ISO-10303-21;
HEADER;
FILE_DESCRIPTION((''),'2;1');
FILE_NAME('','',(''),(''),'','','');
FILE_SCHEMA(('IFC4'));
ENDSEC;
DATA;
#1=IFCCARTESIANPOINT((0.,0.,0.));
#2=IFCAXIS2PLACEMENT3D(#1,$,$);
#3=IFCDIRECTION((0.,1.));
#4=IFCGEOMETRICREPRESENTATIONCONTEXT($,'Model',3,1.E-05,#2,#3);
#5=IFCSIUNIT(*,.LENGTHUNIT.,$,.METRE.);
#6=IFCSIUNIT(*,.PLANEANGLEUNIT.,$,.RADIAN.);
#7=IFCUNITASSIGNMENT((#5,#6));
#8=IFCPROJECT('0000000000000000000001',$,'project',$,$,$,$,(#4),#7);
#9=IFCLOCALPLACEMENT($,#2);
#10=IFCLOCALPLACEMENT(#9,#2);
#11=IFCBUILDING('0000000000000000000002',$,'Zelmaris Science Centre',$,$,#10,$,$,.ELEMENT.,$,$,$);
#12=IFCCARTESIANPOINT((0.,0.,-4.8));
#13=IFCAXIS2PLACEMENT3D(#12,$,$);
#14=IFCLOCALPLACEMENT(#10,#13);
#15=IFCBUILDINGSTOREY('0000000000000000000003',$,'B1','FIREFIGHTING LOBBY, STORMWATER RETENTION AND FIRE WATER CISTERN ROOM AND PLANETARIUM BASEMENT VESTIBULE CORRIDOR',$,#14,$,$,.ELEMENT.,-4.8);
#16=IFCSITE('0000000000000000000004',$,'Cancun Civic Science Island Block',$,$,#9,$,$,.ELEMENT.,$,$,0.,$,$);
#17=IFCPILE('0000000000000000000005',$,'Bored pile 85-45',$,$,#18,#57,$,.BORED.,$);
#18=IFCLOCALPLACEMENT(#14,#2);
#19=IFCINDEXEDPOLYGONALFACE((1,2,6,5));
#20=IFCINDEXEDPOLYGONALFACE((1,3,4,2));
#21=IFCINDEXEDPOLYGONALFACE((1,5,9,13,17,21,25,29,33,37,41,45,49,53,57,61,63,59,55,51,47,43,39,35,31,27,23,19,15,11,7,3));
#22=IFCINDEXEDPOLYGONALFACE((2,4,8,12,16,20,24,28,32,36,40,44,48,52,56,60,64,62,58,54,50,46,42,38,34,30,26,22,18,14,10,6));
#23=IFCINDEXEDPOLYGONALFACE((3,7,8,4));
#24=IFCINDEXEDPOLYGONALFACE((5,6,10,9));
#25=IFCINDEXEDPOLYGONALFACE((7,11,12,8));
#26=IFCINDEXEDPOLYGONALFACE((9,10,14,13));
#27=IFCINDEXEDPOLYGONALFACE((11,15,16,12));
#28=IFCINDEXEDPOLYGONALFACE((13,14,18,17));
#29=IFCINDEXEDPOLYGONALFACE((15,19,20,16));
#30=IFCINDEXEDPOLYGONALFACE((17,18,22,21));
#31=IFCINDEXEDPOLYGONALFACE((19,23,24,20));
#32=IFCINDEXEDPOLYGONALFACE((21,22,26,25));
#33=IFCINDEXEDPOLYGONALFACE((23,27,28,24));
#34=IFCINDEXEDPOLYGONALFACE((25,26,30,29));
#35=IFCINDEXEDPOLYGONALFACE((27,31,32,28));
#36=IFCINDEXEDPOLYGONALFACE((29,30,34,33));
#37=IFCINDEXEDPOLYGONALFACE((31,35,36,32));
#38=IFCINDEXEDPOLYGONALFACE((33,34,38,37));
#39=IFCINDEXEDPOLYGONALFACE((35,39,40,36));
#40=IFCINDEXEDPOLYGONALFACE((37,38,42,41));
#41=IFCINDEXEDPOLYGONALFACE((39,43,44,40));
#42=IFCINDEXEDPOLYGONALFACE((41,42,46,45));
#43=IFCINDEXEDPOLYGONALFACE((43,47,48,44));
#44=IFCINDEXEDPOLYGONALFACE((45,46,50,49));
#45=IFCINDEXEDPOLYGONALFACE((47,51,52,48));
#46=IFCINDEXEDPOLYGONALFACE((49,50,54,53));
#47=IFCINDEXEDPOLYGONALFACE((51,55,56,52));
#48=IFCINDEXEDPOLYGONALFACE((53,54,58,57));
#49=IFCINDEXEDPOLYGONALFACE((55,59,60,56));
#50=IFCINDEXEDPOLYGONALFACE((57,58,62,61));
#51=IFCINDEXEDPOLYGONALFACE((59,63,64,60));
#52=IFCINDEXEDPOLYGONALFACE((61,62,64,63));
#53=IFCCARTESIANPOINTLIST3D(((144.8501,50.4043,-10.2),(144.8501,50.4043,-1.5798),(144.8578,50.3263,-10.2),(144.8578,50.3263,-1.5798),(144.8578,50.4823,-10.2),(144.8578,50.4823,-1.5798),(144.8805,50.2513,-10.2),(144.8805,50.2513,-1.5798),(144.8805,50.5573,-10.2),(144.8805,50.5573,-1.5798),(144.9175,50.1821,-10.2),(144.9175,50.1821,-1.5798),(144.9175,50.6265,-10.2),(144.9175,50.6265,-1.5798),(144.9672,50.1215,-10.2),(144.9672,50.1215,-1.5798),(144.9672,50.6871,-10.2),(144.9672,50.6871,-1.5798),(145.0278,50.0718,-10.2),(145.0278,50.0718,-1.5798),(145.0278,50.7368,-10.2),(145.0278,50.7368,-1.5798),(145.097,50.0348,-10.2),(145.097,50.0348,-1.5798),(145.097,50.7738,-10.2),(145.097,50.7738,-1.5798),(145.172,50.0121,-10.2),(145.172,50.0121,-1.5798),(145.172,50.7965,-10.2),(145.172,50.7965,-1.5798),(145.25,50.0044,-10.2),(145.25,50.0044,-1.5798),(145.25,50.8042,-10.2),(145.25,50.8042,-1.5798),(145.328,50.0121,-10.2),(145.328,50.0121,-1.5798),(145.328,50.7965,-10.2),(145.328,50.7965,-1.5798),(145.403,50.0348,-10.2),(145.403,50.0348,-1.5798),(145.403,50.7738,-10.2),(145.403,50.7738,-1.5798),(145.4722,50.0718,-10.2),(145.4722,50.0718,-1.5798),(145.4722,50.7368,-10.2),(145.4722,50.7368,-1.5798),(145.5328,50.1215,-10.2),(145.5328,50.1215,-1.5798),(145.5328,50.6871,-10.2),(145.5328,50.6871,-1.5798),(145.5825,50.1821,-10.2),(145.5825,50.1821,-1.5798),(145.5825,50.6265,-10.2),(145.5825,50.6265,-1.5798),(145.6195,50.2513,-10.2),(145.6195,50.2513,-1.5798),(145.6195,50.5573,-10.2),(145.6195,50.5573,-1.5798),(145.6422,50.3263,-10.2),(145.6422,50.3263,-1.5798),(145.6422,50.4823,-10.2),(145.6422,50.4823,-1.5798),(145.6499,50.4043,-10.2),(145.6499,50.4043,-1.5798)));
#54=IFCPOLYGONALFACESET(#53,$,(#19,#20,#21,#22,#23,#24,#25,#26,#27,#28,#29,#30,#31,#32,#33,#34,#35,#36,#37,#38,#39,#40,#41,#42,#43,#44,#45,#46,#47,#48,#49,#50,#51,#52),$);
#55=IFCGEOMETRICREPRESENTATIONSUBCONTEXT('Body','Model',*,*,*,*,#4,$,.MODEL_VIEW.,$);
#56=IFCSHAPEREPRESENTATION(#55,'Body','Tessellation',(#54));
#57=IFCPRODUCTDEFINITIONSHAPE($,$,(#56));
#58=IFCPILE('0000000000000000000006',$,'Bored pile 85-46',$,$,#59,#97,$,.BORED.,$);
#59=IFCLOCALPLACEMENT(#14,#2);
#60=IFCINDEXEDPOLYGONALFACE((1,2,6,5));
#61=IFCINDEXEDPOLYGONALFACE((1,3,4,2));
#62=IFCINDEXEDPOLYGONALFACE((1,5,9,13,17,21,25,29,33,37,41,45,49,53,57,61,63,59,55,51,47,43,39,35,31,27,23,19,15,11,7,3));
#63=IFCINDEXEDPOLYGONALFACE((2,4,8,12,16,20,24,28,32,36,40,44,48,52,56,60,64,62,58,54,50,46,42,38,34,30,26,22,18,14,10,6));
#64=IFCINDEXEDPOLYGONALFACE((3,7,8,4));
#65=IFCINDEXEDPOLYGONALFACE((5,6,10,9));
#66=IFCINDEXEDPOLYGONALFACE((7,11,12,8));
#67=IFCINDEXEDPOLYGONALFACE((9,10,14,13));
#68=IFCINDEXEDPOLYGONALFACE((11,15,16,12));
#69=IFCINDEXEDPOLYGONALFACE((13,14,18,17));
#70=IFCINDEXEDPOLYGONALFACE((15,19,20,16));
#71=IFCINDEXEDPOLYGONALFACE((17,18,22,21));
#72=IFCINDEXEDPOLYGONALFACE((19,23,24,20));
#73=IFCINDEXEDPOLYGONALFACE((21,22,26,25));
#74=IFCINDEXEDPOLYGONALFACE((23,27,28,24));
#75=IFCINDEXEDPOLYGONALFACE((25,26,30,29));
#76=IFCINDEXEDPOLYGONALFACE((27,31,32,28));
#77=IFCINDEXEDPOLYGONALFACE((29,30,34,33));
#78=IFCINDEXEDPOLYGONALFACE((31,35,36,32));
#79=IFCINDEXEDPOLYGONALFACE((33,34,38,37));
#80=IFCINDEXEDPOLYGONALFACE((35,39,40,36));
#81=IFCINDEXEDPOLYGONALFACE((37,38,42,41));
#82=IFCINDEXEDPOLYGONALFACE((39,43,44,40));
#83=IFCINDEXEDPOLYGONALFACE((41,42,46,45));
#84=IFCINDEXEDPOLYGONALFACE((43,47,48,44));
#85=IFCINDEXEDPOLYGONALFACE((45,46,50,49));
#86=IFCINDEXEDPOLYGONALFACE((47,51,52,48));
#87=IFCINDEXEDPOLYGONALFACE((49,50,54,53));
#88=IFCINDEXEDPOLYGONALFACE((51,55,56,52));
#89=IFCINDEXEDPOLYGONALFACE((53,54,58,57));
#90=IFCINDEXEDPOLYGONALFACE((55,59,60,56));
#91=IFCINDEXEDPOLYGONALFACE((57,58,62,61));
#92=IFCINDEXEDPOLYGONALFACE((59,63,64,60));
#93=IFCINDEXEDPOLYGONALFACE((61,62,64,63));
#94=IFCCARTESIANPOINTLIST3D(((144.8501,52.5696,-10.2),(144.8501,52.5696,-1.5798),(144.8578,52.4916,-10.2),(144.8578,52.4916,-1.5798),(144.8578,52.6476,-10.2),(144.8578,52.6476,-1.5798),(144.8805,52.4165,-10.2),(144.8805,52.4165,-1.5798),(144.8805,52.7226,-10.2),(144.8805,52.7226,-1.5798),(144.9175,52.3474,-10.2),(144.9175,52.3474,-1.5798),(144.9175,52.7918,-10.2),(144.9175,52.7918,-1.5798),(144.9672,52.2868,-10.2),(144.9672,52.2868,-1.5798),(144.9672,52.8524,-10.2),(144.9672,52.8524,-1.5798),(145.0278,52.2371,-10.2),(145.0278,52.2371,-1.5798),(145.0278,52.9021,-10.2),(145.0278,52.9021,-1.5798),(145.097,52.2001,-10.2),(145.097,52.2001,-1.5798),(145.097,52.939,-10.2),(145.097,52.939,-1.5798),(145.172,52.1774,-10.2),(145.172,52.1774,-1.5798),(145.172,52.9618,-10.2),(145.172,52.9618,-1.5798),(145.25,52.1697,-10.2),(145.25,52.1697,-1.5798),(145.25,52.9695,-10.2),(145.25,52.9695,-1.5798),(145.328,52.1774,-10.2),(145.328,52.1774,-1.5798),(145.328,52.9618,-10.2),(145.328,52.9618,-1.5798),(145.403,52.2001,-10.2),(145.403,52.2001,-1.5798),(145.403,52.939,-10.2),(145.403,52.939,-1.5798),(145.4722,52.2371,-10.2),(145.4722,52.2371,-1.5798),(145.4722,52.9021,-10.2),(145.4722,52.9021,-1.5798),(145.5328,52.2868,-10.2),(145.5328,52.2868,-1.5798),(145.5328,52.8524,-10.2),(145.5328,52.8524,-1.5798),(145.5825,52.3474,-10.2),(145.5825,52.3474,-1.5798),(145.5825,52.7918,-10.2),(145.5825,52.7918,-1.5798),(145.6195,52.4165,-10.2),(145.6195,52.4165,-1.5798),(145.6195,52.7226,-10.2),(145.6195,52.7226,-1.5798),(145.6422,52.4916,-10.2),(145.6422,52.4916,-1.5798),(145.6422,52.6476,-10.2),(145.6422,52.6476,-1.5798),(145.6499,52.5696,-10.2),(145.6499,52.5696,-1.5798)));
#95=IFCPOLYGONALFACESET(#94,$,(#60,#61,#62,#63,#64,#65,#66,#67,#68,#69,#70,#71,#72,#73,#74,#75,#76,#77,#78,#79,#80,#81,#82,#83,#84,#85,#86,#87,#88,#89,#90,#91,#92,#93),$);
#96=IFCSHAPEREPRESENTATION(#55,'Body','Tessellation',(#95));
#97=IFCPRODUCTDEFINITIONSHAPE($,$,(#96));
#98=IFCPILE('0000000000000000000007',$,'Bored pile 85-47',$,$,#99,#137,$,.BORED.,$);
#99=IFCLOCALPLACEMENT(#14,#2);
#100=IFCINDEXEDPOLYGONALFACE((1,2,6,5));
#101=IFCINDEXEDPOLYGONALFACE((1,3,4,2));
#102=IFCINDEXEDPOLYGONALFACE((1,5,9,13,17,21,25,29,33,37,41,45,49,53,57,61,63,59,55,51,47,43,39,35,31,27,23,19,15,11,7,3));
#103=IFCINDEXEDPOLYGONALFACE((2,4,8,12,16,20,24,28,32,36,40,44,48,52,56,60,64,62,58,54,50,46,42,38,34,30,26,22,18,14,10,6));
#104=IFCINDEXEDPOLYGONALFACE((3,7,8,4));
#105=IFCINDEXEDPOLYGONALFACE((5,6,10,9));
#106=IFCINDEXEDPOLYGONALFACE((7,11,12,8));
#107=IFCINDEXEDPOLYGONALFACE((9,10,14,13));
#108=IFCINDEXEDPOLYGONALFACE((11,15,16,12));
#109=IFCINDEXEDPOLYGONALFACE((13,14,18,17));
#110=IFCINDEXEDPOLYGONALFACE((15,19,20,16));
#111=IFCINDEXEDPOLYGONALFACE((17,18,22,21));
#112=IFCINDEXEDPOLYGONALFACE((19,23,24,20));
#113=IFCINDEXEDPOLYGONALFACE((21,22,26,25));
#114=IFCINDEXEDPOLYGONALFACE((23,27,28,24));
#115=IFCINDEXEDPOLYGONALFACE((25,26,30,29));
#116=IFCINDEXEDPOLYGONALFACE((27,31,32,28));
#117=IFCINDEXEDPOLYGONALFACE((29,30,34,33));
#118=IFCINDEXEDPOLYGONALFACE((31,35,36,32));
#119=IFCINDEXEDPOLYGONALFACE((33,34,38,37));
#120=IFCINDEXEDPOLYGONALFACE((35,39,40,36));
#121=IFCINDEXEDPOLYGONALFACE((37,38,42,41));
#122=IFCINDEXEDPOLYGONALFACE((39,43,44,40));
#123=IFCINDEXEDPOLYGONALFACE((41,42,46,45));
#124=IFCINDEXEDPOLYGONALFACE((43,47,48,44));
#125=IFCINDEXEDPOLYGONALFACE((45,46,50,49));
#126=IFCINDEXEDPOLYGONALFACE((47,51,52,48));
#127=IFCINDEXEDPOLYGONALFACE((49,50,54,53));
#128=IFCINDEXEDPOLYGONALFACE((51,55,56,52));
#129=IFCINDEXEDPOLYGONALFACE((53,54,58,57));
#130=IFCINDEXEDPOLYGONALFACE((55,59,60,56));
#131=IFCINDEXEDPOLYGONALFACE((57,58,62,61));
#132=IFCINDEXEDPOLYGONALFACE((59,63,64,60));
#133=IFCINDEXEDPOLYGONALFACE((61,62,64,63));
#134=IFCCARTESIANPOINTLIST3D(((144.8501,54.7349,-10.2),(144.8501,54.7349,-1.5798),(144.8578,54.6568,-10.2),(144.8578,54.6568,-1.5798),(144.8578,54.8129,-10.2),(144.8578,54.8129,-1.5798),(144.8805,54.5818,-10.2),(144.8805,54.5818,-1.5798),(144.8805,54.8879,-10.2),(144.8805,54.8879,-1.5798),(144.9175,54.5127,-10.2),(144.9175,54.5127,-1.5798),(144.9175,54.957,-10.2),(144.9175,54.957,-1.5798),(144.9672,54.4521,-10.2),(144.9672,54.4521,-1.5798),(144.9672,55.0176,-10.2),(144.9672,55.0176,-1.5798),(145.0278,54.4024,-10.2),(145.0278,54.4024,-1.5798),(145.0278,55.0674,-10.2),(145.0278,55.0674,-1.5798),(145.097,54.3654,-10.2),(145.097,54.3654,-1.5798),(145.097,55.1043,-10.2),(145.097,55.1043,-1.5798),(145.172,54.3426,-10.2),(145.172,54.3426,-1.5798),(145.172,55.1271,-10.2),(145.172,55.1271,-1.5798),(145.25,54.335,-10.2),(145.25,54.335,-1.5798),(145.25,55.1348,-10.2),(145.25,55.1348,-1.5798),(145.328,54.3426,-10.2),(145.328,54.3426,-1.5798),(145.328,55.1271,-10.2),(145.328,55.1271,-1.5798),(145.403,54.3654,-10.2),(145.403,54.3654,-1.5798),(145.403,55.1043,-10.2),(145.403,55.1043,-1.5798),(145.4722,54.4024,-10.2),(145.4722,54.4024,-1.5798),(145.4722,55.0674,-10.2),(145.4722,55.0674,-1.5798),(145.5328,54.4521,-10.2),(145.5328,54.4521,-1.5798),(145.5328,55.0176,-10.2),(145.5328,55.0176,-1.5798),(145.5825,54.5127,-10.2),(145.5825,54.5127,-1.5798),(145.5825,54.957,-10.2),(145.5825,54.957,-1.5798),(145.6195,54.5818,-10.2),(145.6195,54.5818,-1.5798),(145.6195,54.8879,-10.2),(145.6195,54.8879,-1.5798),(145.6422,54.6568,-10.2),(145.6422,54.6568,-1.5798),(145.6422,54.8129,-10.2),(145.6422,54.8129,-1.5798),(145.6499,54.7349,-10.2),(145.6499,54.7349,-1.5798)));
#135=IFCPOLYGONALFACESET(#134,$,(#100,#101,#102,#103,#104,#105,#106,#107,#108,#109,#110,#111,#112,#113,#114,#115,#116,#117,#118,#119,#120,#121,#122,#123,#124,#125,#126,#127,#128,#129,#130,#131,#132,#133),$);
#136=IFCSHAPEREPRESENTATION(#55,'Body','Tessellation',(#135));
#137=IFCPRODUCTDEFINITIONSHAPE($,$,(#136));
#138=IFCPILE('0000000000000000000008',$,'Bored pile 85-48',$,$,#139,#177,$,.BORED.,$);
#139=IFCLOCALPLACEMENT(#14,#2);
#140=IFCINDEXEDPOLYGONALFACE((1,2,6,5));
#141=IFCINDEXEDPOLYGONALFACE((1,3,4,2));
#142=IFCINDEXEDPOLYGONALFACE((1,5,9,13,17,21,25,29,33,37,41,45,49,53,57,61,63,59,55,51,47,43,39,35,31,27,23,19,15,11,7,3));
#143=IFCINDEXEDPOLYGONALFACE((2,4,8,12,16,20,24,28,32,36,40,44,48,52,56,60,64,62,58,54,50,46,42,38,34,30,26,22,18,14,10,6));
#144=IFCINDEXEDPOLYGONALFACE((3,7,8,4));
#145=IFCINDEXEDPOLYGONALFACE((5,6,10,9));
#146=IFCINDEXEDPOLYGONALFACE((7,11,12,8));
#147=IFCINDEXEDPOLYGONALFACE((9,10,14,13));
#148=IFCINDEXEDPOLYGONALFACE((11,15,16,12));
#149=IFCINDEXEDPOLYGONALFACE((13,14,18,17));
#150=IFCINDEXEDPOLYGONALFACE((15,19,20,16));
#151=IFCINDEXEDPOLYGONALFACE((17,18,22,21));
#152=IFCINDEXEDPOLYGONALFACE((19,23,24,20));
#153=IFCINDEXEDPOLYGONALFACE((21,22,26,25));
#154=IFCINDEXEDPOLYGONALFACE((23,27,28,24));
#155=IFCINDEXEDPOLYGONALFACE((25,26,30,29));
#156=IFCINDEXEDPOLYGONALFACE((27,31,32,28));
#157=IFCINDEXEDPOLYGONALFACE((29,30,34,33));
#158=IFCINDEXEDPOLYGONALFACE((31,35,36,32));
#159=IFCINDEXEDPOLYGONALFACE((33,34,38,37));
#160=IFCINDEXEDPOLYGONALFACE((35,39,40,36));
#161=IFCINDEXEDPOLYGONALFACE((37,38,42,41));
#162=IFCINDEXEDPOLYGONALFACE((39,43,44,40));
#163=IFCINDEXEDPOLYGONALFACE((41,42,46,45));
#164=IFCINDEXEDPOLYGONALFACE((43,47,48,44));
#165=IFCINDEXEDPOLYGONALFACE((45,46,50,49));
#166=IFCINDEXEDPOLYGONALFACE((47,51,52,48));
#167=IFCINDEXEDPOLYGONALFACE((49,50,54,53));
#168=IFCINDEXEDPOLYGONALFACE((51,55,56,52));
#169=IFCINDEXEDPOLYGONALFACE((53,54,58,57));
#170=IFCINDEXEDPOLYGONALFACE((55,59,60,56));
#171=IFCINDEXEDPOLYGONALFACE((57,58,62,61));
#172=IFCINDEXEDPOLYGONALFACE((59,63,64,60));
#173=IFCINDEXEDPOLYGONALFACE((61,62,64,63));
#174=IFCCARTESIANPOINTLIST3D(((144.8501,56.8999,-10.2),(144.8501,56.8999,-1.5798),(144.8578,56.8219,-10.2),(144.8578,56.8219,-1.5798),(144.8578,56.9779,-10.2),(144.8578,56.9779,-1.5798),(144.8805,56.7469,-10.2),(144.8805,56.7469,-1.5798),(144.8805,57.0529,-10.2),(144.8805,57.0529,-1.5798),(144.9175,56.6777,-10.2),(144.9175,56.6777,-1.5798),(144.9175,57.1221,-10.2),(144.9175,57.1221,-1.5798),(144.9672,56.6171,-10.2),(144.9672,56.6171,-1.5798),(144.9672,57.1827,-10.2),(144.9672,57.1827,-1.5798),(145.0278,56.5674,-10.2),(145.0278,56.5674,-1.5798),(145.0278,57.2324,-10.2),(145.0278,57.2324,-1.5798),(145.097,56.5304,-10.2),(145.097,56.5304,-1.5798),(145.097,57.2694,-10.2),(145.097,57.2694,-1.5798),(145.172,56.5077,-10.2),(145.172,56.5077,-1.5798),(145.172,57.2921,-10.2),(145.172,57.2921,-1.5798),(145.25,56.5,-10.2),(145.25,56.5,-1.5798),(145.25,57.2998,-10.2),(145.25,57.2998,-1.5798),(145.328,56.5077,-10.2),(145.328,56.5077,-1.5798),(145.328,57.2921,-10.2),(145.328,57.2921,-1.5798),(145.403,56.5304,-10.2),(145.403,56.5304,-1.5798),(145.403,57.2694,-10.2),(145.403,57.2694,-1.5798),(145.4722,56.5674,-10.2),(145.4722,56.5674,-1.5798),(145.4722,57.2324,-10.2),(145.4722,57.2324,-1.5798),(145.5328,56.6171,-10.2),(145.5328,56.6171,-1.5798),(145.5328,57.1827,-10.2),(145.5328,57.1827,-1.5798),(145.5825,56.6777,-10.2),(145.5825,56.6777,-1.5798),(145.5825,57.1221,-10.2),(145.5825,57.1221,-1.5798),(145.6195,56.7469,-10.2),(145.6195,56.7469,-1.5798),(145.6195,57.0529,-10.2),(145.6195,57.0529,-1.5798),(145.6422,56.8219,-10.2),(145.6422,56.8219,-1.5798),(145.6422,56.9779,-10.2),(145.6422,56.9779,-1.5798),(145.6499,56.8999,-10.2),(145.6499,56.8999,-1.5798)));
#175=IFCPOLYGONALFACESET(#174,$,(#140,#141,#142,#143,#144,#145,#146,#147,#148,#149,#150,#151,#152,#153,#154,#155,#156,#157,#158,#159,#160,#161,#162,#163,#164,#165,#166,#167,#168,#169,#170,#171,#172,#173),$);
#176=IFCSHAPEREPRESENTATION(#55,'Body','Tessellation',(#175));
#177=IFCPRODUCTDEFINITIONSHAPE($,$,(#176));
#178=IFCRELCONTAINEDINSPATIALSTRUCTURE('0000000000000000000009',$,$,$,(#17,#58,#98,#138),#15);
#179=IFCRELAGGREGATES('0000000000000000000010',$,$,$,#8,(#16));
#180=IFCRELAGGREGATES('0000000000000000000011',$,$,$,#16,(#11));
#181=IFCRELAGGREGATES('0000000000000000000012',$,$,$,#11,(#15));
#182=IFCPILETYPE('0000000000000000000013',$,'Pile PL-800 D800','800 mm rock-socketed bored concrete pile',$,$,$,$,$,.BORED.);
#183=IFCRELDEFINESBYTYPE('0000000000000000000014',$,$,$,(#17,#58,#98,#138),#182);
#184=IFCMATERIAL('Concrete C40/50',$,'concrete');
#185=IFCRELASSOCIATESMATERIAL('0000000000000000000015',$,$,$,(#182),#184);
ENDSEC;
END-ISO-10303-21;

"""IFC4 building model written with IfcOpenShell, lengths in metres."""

from ifc_helpers import new_model, si_unit, direction, frame, origin, origin_2d, place, context, subcontext, project, spatial, circle, extrude, material, material_profile, profile_set, type_object, element, save


model = new_model("IFC4")

# Units and contexts
model_context = context("Model", 3, precision=1e-05, world=origin(), true_north=direction((0.0, 1.0)))
body_context = subcontext(model_context, "Body", "Model", "MODEL_VIEW")
ifc_project = project(units=[si_unit("LENGTHUNIT", "METRE"), si_unit("PLANEANGLEUNIT", "RADIAN")], contexts=[model_context])

# Site, building, storey
site_placement = place(None, origin())
site = spatial("IfcSite", under=ifc_project, at=site_placement, Name="Cancun Civic Science Island Block", CompositionType="ELEMENT", RefElevation=0.0)
building_placement = place(site_placement, origin())
building = spatial("IfcBuilding", under=site, at=building_placement, Name="Zelmaris Science Centre", CompositionType="ELEMENT")
storey_placement = place(building_placement, frame((0.0, 0.0, -4.8)))
storey = spatial("IfcBuildingStorey", under=building, at=storey_placement, Name="B1", Description="FIREFIGHTING LOBBY, STORMWATER RETENTION AND FIRE WATER CISTERN ROOM AND PLANETARIUM BASEMENT VESTIBULE CORRIDOR", CompositionType="ELEMENT", Elevation=-4.8)

# Shared definitions
ifc_material_1 = material(Name="Concrete C40/50", Category="concrete")

# Piles
ifc_material_profile_1 = material_profile(ifc_material_1, circle(Radius=0.3999, at=origin_2d()), Name="PILE-800")
ifc_profile_set_1 = profile_set([ifc_material_profile_1], Name="Concrete C40/50")
pile_type_1 = type_object("IfcPileType", Name="Pile PL-800 D800", Description="800 mm rock-socketed bored concrete pile", PredefinedType="BORED", material=ifc_profile_set_1)
for number, where, z_axis, x_axis, name in (
    (1, (145.25, 50.4043, -1.5798), (0.0, 0.0, -1.0), (1.0, 0.0, 0.0), "Bored pile 85-45"),
    (2, (145.25, 52.5696, -1.5798), (0.0, 0.0, -1.0), (1.0, 0.0, 0.0), "Bored pile 85-46"),
    (3, (145.25, 54.7349, -1.5798), (0.0, 0.0, -1.0), (1.0, 0.0, 0.0), "Bored pile 85-47"),
    (4, (145.25, 56.8999, -1.5798), (0.0, 0.0, -1.0), (1.0, 0.0, 0.0), "Bored pile 85-48"),
):
    element("IfcPile", number, at=place(storey_placement, frame(where, z_axis=z_axis, x_axis=x_axis)), inside=storey, type_object=pile_type_1, Name=name, PredefinedType="BORED", context=body_context, shape_type="SweptSolid", body=[
        extrude(circle(Radius=0.3999, at=origin_2d()), origin(), (0.0, 0.0, 1.0), 8.6201),
    ])

save(model, "model.ifc")
